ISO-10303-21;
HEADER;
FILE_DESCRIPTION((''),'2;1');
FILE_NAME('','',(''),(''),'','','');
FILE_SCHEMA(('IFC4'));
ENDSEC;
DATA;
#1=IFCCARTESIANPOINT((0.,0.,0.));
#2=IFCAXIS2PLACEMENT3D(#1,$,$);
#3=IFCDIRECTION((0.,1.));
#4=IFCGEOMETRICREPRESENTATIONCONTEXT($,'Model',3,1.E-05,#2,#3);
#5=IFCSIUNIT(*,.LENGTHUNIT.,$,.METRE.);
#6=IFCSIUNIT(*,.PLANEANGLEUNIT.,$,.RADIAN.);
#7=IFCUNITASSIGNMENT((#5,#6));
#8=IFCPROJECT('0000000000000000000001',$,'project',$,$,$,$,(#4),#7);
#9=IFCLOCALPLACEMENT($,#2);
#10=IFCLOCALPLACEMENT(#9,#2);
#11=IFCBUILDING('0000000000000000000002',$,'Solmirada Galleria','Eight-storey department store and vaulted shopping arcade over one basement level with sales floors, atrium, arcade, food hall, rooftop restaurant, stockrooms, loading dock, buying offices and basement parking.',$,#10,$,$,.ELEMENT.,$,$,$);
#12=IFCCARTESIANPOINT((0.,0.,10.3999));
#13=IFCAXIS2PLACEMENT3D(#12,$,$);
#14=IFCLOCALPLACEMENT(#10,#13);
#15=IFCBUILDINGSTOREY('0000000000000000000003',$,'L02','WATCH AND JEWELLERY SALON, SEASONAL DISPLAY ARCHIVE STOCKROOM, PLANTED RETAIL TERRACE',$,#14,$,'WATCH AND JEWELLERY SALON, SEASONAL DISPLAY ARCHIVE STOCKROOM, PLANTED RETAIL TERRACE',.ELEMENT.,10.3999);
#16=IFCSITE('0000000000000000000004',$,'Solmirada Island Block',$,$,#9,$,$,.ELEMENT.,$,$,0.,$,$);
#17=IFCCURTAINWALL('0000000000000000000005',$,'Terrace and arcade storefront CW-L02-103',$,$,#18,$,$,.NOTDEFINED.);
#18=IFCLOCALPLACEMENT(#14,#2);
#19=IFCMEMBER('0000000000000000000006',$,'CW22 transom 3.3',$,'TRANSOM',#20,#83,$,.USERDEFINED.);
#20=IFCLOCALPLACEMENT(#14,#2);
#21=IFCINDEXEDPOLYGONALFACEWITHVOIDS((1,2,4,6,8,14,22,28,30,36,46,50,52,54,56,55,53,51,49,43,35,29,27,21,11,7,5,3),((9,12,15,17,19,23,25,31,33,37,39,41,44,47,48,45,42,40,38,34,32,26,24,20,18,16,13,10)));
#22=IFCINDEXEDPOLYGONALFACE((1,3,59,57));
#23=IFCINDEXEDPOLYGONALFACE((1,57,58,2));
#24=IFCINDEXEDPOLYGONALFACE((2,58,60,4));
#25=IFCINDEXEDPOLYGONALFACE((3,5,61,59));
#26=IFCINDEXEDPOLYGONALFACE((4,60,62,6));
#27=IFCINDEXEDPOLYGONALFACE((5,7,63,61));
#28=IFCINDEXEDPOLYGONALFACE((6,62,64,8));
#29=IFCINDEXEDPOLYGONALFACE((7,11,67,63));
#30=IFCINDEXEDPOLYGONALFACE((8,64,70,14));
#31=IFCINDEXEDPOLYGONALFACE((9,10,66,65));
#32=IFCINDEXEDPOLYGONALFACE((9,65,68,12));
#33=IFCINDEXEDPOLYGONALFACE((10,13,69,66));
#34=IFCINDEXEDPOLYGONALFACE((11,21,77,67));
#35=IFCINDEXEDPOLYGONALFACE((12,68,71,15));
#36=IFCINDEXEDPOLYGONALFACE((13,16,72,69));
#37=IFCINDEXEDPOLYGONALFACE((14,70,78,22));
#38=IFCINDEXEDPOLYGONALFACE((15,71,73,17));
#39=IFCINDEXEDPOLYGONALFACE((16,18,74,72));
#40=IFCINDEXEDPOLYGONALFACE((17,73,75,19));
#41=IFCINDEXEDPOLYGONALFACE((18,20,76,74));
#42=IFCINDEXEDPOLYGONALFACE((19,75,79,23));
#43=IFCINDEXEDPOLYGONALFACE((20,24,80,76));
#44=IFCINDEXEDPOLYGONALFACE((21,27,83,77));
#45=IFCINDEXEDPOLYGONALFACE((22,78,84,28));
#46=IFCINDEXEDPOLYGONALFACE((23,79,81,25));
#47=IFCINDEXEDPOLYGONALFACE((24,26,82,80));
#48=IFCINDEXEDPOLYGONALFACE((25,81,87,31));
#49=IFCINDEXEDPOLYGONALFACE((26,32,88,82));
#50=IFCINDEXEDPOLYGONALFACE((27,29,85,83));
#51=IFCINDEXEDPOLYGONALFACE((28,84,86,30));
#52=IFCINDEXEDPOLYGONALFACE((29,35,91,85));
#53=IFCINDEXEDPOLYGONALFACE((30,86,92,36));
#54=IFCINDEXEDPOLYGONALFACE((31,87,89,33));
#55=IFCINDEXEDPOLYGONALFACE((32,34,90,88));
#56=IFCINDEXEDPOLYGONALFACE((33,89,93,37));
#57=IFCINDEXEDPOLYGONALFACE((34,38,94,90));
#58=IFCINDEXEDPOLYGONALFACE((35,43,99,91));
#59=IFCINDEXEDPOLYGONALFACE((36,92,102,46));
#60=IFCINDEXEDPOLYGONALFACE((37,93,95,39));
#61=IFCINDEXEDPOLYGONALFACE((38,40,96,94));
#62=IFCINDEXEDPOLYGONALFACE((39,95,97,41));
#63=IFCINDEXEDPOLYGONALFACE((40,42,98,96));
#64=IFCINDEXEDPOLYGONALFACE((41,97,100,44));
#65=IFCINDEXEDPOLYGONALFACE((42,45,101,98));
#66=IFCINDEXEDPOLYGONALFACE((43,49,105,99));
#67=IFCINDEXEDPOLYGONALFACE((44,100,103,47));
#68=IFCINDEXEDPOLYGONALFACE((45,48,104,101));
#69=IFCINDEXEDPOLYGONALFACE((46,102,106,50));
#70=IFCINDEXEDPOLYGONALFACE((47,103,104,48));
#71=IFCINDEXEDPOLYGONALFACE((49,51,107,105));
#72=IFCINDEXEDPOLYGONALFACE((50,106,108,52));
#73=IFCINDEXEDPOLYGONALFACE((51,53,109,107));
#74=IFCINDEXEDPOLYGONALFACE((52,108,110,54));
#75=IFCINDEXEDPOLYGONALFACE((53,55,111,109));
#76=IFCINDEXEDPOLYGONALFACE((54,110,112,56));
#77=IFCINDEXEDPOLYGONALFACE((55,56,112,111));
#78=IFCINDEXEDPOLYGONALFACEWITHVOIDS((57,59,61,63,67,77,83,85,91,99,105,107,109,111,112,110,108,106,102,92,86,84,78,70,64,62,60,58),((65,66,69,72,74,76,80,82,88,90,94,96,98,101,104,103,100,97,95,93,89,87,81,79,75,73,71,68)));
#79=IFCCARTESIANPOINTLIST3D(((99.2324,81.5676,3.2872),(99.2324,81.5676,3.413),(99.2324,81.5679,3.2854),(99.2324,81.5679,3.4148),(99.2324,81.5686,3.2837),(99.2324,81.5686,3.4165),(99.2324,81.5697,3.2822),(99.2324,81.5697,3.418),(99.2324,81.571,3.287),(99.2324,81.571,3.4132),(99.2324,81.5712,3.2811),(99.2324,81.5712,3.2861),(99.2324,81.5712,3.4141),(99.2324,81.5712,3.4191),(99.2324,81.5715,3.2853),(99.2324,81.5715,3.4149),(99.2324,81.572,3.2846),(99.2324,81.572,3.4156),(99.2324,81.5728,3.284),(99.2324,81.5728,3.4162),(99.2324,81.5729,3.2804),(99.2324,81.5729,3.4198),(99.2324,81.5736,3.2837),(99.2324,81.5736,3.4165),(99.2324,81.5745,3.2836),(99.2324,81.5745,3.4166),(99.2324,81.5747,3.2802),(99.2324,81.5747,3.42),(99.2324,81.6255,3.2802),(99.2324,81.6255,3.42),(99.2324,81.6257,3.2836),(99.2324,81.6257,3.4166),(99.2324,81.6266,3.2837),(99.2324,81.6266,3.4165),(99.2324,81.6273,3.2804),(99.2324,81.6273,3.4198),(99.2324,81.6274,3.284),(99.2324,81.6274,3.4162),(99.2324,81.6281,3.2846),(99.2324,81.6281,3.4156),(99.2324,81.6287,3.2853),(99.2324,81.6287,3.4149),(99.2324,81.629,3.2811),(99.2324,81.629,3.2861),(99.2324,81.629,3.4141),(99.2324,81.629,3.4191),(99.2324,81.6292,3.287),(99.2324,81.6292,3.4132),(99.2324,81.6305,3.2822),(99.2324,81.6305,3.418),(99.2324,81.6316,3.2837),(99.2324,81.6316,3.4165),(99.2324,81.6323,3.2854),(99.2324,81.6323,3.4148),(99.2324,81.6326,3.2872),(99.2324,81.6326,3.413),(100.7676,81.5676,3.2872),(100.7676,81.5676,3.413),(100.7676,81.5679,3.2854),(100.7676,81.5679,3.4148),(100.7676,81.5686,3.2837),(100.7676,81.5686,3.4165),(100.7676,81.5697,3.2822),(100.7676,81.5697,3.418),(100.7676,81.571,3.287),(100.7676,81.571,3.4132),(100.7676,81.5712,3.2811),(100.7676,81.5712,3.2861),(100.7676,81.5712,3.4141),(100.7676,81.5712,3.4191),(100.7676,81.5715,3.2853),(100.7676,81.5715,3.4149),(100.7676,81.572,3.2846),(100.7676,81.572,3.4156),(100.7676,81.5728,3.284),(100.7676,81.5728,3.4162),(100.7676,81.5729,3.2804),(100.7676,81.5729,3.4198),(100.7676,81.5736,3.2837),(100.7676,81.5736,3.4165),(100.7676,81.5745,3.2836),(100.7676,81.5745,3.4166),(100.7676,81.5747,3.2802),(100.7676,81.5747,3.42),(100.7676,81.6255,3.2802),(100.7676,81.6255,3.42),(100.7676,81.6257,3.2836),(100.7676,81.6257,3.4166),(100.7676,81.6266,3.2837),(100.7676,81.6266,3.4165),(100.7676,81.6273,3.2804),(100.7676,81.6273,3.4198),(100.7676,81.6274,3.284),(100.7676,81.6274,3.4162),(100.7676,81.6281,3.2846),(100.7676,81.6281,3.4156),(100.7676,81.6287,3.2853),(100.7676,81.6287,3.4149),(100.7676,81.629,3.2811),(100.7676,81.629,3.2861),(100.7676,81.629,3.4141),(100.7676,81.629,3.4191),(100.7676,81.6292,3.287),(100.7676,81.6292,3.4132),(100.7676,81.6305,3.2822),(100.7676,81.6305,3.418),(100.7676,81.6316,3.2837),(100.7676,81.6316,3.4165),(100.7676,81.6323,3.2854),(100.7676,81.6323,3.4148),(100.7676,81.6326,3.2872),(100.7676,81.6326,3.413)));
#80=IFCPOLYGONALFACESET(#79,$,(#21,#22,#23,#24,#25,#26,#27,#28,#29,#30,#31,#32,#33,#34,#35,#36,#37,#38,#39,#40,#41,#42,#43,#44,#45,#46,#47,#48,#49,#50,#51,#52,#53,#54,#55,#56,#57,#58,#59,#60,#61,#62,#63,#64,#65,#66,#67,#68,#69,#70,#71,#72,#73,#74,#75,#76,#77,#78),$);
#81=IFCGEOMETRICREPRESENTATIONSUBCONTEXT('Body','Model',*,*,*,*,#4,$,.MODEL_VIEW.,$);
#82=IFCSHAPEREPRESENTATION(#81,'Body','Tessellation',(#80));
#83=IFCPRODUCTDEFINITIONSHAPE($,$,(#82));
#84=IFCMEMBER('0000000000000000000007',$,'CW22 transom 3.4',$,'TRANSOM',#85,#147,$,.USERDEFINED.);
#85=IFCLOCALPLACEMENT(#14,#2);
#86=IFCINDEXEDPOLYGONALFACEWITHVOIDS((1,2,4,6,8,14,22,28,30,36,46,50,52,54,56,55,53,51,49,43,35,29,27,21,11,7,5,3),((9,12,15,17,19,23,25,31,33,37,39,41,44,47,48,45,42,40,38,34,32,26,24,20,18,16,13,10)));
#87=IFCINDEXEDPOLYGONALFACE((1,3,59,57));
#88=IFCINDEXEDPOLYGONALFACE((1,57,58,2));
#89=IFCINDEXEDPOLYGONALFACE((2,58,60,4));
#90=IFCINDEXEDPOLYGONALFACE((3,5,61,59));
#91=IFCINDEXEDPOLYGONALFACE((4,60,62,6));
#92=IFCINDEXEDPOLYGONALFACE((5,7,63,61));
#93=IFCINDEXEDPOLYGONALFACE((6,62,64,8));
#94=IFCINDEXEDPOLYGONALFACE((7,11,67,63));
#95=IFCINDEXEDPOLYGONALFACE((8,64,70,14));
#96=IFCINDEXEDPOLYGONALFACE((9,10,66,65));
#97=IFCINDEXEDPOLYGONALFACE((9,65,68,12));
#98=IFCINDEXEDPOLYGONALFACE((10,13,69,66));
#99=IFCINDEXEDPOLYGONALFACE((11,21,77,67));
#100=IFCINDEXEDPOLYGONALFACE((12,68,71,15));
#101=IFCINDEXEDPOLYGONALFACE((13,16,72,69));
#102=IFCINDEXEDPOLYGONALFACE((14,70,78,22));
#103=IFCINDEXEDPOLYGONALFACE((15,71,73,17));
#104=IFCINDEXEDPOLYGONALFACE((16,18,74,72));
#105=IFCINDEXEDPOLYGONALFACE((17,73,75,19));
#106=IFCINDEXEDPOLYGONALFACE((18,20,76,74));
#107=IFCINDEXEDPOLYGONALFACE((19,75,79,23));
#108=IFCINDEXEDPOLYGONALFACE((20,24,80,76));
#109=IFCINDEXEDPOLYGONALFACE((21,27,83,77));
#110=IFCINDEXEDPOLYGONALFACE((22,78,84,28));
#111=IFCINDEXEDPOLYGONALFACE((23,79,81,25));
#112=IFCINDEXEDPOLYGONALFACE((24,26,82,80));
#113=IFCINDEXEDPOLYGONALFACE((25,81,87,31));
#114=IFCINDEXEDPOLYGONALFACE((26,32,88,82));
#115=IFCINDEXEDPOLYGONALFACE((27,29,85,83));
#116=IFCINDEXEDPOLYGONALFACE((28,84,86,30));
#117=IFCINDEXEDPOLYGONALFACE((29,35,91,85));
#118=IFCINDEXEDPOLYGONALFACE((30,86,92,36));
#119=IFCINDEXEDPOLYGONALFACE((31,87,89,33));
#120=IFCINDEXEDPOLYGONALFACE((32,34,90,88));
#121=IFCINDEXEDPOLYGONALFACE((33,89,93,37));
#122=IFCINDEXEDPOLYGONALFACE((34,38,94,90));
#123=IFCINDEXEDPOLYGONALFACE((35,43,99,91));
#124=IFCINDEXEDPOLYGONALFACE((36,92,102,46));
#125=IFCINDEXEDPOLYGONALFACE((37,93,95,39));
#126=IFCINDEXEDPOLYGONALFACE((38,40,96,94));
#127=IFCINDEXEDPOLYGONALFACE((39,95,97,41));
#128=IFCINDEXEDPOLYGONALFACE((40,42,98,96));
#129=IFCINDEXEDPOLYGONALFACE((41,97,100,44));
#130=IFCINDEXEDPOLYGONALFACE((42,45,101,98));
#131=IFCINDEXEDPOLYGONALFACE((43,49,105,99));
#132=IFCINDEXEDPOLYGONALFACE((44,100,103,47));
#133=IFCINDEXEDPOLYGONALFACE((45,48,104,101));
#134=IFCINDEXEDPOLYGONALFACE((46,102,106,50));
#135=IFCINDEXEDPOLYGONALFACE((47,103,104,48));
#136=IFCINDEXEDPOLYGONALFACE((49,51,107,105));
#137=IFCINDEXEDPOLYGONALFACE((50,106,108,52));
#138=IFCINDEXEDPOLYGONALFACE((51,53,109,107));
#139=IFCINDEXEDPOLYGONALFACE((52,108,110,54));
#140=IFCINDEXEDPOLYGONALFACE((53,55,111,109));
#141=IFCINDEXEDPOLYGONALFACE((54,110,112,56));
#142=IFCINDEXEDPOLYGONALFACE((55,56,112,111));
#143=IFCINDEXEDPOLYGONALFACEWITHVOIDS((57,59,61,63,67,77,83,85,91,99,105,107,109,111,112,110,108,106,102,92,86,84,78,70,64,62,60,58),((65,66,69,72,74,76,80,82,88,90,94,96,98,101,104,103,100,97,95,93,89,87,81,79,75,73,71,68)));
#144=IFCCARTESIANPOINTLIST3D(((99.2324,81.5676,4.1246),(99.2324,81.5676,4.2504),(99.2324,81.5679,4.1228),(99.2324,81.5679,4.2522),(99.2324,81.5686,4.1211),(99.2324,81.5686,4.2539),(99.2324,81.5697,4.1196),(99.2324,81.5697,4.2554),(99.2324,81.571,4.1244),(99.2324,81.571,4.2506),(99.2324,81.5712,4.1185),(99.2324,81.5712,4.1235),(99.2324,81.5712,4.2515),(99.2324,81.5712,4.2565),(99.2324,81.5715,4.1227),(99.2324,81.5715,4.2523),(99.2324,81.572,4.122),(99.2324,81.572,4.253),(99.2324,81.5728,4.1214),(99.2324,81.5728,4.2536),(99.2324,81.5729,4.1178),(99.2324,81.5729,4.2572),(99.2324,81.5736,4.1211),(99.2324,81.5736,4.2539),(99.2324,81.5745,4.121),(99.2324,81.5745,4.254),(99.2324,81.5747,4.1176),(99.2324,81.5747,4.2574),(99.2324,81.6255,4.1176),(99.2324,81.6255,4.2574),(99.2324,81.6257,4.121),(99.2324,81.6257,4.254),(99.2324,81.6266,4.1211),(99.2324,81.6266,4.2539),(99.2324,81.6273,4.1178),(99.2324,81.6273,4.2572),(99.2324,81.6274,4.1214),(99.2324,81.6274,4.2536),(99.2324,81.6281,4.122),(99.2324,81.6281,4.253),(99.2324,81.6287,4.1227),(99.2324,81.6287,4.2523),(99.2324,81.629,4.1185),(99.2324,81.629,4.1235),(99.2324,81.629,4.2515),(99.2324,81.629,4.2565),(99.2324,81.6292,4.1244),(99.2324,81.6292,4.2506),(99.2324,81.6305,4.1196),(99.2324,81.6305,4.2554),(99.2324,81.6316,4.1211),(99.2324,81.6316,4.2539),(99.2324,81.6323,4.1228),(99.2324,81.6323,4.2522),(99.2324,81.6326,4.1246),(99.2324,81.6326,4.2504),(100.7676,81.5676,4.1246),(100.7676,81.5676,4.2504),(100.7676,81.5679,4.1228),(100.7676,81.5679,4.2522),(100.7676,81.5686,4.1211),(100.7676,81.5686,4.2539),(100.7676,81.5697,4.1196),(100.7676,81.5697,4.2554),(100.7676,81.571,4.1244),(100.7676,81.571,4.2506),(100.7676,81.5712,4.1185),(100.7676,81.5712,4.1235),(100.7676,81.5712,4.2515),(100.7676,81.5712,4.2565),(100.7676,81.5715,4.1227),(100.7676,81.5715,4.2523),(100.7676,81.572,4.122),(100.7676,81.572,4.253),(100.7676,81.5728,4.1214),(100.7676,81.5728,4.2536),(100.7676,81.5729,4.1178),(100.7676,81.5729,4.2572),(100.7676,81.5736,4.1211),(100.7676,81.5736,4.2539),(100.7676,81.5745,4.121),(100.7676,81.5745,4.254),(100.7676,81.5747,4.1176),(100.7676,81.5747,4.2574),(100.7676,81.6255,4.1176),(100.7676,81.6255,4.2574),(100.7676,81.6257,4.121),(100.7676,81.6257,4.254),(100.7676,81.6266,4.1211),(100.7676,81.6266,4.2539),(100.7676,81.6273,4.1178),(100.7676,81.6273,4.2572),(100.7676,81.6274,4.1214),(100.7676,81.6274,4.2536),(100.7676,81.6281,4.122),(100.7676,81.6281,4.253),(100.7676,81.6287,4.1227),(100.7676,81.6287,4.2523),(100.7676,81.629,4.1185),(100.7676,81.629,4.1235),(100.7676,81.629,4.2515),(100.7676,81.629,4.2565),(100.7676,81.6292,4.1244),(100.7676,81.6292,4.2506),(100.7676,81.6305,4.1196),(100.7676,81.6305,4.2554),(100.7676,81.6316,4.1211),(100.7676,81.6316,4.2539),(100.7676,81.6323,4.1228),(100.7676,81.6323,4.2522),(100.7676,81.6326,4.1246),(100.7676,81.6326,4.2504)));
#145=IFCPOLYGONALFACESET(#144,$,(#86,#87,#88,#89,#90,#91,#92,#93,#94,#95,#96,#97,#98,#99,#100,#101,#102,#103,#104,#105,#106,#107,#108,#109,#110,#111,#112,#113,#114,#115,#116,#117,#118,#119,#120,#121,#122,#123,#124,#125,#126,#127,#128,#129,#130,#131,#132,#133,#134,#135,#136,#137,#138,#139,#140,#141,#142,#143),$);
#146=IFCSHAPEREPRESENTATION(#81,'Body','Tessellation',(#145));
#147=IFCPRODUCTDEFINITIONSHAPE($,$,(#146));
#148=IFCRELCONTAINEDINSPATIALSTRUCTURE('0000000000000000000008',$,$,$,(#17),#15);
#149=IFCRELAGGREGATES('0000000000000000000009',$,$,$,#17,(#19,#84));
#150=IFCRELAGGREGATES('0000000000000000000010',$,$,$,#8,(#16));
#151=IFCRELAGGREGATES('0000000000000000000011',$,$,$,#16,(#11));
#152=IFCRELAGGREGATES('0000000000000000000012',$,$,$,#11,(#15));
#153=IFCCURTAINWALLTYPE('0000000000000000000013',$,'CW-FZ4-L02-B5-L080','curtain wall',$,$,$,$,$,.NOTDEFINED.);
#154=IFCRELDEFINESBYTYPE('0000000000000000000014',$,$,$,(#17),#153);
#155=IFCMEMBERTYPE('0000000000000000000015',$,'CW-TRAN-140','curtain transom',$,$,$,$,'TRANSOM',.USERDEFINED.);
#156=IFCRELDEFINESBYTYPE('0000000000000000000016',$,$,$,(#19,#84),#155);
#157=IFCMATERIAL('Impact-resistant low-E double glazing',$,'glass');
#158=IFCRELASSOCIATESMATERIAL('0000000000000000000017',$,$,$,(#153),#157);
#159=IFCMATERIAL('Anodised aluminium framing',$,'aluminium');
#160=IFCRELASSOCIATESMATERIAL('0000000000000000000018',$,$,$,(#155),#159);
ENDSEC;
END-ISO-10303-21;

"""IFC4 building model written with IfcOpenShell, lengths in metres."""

from ifc_helpers import new_model, si_unit, direction, frame, origin, origin_2d, place, context, subcontext, project, spatial, hollow_rectangle, extrude, material, material_profile, profile_set, type_object, element, aggregate, save


model = new_model("IFC4")

# Units and contexts
model_context = context("Model", 3, precision=1e-05, world=origin(), true_north=direction((0.0, 1.0)))
body_context = subcontext(model_context, "Body", "Model", "MODEL_VIEW")
ifc_project = project(units=[si_unit("LENGTHUNIT", "METRE"), si_unit("PLANEANGLEUNIT", "RADIAN")], contexts=[model_context])

# Site, building, storey
site_placement = place(None, origin())
site = spatial("IfcSite", under=ifc_project, at=site_placement, Name="Solmirada Island Block", CompositionType="ELEMENT", RefElevation=0.0)
building_placement = place(site_placement, origin())
building = spatial("IfcBuilding", under=site, at=building_placement, Name="Solmirada Galleria", Description="Eight-storey department store and vaulted shopping arcade over one basement level with sales floors, atrium, arcade, food hall, rooftop restaurant, stockrooms, loading dock, buying offices and basement parking.", CompositionType="ELEMENT")
storey_placement = place(building_placement, frame((0.0, 0.0, 10.3999)))
storey = spatial("IfcBuildingStorey", under=building, at=storey_placement, Name="L02", Description="WATCH AND JEWELLERY SALON, SEASONAL DISPLAY ARCHIVE STOCKROOM, PLANTED RETAIL TERRACE", LongName="WATCH AND JEWELLERY SALON, SEASONAL DISPLAY ARCHIVE STOCKROOM, PLANTED RETAIL TERRACE", CompositionType="ELEMENT", Elevation=10.3999)

# Curtain wall, members
ifc_material_1 = material(Name="Impact-resistant low-E double glazing", Category="glass")
curtain_wall_type = type_object("IfcCurtainWallType", Name="CW-FZ4-L02-B5-L080", Description="curtain wall", PredefinedType="NOTDEFINED", material=ifc_material_1)
curtain_wall_placement = place(storey_placement, origin())
curtain_wall = element("IfcCurtainWall", 1, at=curtain_wall_placement, inside=storey, type_object=curtain_wall_type, Name="Terrace and arcade storefront CW-L02-103", PredefinedType="NOTDEFINED")
ifc_material_2 = material(Name="Anodised aluminium framing", Category="aluminium")
ifc_material_profile_1 = material_profile(ifc_material_2, hollow_rectangle(XDim=0.0649, YDim=0.1399, WallThickness=0.0034, InnerFilletRadius=0.0034, OuterFilletRadius=0.0071, at=origin_2d()), Name="ALU-TRAN-140X65")
ifc_profile_set_1 = profile_set([ifc_material_profile_1], Name="Anodised aluminium framing")
member_type_1 = type_object("IfcMemberType", Name="CW-TRAN-140", Description="curtain transom", ElementType="TRANSOM", PredefinedType="USERDEFINED", material=ifc_profile_set_1)
member_1_placement = place(storey_placement, frame((100.7676, 81.6001, 3.3501), z_axis=(-1.0, 0.0, 0.0), x_axis=(0.0, -1.0, 0.0)))
member_1 = element("IfcMember", 2, at=member_1_placement, type_object=member_type_1, Name="CW22 transom 3.3", ObjectType="TRANSOM", PredefinedType="USERDEFINED", context=body_context, shape_type="SweptSolid", body=[
    extrude(hollow_rectangle(XDim=0.0649, YDim=0.1399, WallThickness=0.0034, InnerFilletRadius=0.0034, OuterFilletRadius=0.0071, at=origin_2d()), origin(), (0.0, 0.0, 1.0), 1.5352),
])
member_2_placement = place(storey_placement, frame((100.7676, 81.6001, 4.1875), z_axis=(-1.0, 0.0, 0.0), x_axis=(0.0, -1.0, 0.0)))
member_2 = element("IfcMember", 3, at=member_2_placement, type_object=member_type_1, Name="CW22 transom 3.4", ObjectType="TRANSOM", PredefinedType="USERDEFINED", context=body_context, shape_type="SweptSolid", body=[
    extrude(hollow_rectangle(XDim=0.0649, YDim=0.1399, WallThickness=0.0034, InnerFilletRadius=0.0034, OuterFilletRadius=0.0071, at=origin_2d()), origin(), (0.0, 0.0, 1.0), 1.5352),
])
aggregate(curtain_wall, [member_1, member_2])

save(model, "model.ifc")
